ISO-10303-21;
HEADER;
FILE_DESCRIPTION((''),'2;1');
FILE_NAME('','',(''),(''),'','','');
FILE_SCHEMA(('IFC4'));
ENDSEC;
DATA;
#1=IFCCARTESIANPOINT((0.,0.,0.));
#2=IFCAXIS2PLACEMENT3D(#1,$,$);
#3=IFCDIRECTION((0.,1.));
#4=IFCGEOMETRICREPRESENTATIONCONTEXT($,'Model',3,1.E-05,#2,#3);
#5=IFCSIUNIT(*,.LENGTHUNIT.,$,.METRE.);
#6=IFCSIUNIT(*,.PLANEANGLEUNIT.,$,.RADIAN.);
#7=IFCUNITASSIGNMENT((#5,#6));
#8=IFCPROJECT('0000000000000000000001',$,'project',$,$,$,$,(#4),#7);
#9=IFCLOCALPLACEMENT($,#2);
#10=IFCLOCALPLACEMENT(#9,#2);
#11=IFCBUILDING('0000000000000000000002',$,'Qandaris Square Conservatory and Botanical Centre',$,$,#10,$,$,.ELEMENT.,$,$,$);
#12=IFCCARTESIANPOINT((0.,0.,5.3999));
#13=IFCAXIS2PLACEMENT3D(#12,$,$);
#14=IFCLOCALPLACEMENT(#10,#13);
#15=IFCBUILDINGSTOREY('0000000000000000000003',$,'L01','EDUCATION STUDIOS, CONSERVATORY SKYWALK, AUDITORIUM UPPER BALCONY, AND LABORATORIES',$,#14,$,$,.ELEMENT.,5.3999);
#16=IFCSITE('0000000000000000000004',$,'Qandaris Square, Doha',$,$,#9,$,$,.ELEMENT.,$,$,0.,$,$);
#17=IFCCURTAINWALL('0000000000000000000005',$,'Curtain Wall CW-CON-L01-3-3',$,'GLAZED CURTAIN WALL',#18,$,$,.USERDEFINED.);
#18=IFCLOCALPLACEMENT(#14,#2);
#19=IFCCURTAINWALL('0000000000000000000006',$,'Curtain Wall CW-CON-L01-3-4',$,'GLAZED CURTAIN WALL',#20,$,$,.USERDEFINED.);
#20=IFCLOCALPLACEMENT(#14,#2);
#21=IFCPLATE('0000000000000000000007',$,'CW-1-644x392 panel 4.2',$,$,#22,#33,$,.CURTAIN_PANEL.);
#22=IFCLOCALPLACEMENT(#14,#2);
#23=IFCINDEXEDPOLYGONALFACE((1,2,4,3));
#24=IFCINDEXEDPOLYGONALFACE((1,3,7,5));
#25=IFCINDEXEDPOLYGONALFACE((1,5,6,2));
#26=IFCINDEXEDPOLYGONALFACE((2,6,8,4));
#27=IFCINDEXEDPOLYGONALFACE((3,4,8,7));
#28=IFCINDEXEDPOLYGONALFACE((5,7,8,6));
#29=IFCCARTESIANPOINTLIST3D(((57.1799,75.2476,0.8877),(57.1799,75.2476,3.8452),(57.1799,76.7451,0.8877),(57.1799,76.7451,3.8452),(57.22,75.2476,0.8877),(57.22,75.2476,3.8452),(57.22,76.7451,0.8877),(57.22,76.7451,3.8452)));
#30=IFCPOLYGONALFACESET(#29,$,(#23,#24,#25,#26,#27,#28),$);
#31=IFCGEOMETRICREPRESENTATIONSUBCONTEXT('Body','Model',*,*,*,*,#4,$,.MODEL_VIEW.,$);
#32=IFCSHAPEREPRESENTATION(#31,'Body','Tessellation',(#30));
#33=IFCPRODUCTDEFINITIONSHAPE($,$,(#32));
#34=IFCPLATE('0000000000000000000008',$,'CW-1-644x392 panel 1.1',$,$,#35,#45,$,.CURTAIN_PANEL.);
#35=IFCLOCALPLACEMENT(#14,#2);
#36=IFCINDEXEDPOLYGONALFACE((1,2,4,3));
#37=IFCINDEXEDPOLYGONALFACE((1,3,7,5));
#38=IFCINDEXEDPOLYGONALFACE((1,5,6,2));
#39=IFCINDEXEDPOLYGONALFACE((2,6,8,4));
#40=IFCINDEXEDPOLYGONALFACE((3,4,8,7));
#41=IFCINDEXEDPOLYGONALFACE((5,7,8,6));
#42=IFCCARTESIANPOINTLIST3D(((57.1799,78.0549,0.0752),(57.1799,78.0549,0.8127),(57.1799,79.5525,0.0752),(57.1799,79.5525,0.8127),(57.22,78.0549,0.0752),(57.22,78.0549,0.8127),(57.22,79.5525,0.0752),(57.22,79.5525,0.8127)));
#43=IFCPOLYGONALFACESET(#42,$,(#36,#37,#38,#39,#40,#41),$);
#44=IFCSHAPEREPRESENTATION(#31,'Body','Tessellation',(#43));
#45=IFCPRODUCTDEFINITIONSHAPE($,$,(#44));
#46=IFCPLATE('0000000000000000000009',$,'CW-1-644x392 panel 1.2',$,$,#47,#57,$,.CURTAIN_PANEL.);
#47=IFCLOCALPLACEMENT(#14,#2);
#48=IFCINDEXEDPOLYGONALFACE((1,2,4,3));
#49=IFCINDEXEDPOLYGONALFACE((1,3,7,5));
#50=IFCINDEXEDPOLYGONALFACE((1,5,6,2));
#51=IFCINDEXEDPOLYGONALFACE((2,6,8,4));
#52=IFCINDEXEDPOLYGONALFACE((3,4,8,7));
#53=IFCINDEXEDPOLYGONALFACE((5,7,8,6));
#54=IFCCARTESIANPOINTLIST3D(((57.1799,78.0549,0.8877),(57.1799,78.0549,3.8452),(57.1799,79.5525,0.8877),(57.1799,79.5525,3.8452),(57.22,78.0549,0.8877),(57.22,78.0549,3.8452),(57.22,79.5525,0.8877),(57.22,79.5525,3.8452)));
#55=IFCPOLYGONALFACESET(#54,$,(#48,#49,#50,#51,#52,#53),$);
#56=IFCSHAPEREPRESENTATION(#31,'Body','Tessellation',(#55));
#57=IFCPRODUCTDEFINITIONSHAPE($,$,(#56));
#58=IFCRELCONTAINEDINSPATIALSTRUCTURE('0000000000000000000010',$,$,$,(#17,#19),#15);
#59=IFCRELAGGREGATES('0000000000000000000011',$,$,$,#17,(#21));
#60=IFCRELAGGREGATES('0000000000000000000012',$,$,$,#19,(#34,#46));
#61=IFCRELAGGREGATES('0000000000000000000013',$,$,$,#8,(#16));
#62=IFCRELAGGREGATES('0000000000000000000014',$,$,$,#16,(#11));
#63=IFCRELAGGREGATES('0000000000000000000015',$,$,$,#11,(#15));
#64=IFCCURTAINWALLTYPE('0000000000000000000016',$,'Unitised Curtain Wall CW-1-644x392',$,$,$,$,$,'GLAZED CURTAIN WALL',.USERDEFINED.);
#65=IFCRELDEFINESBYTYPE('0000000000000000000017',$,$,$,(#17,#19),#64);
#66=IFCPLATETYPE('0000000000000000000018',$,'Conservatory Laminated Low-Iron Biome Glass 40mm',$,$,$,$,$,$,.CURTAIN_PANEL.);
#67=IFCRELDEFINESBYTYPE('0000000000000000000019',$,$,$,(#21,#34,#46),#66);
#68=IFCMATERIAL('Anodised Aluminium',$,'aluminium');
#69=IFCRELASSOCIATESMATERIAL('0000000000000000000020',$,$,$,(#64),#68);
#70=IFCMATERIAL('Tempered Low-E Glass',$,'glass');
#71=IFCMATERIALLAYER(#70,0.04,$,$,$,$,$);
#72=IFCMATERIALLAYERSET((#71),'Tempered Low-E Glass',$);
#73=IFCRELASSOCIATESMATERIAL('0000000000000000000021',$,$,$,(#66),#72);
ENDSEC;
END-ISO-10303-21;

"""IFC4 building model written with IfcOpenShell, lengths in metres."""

from ifc_helpers import new_model, si_unit, direction, frame, origin, origin_2d, place, context, subcontext, project, spatial, rectangle, extrude, material, layer, layer_set, type_object, element, aggregate, save


model = new_model("IFC4")

# Units and contexts
model_context = context("Model", 3, precision=1e-05, world=origin(), true_north=direction((0.0, 1.0)))
body_context = subcontext(model_context, "Body", "Model", "MODEL_VIEW")
ifc_project = project(units=[si_unit("LENGTHUNIT", "METRE"), si_unit("PLANEANGLEUNIT", "RADIAN")], contexts=[model_context])

# Site, building, storey
site_placement = place(None, origin())
site = spatial("IfcSite", under=ifc_project, at=site_placement, Name="Qandaris Square, Doha", CompositionType="ELEMENT", RefElevation=0.0)
building_placement = place(site_placement, origin())
building = spatial("IfcBuilding", under=site, at=building_placement, Name="Qandaris Square Conservatory and Botanical Centre", CompositionType="ELEMENT")
storey_placement = place(building_placement, frame((0.0, 0.0, 5.3999)))
storey = spatial("IfcBuildingStorey", under=building, at=storey_placement, Name="L01", Description="EDUCATION STUDIOS, CONSERVATORY SKYWALK, AUDITORIUM UPPER BALCONY, AND LABORATORIES", CompositionType="ELEMENT", Elevation=5.3999)

# Curtain wall
ifc_material_1 = material(Name="Anodised Aluminium", Category="aluminium")
curtain_wall_type_1 = type_object("IfcCurtainWallType", Name="Unitised Curtain Wall CW-1-644x392", ElementType="GLAZED CURTAIN WALL", PredefinedType="USERDEFINED", material=ifc_material_1)
curtain_wall_1_placement = place(storey_placement, origin())
curtain_wall_1 = element("IfcCurtainWall", 1, at=curtain_wall_1_placement, inside=storey, type_object=curtain_wall_type_1, Name="Curtain Wall CW-CON-L01-3-3", ObjectType="GLAZED CURTAIN WALL", PredefinedType="USERDEFINED")

# Curtain wall
curtain_wall_2_placement = place(storey_placement, origin())
curtain_wall_2 = element("IfcCurtainWall", 2, at=curtain_wall_2_placement, inside=storey, type_object=curtain_wall_type_1, Name="Curtain Wall CW-CON-L01-3-4", ObjectType="GLAZED CURTAIN WALL", PredefinedType="USERDEFINED")

# Plates
ifc_material_2 = material(Name="Tempered Low-E Glass", Category="glass")
ifc_layer = layer(ifc_material_2, 0.04)
ifc_layer_set = layer_set([ifc_layer], Name="Tempered Low-E Glass")
plate_type = type_object("IfcPlateType", Name="Conservatory Laminated Low-Iron Biome Glass 40mm", PredefinedType="CURTAIN_PANEL", material=ifc_layer_set)
plate_1_placement = place(storey_placement, frame((57.2, 75.9963, 0.8877), z_axis=(0.0, 0.0, 1.0), x_axis=(0.0, 1.0, 0.0)))
plate_1 = element("IfcPlate", 3, at=plate_1_placement, type_object=plate_type, Name="CW-1-644x392 panel 4.2", PredefinedType="CURTAIN_PANEL", context=body_context, shape_type="SweptSolid", body=[
    extrude(rectangle(XDim=1.4976, YDim=0.04, at=origin_2d()), origin(), (0.0, 0.0, 1.0), 2.9575),
])
aggregate(curtain_wall_1, [plate_1])
plate_2_placement = place(storey_placement, frame((57.2, 78.8037, 0.0752), z_axis=(0.0, 0.0, 1.0), x_axis=(0.0, 1.0, 0.0)))
plate_2 = element("IfcPlate", 4, at=plate_2_placement, type_object=plate_type, Name="CW-1-644x392 panel 1.1", PredefinedType="CURTAIN_PANEL", context=body_context, shape_type="SweptSolid", body=[
    extrude(rectangle(XDim=1.4976, YDim=0.04, at=origin_2d()), origin(), (0.0, 0.0, 1.0), 0.7375),
])
plate_3_placement = place(storey_placement, frame((57.2, 78.8037, 0.8877), z_axis=(0.0, 0.0, 1.0), x_axis=(0.0, 1.0, 0.0)))
plate_3 = element("IfcPlate", 5, at=plate_3_placement, type_object=plate_type, Name="CW-1-644x392 panel 1.2", PredefinedType="CURTAIN_PANEL", context=body_context, shape_type="SweptSolid", body=[
    extrude(rectangle(XDim=1.4976, YDim=0.04, at=origin_2d()), origin(), (0.0, 0.0, 1.0), 2.9575),
])
aggregate(curtain_wall_2, [plate_2, plate_3])

save(model, "model.ifc")
